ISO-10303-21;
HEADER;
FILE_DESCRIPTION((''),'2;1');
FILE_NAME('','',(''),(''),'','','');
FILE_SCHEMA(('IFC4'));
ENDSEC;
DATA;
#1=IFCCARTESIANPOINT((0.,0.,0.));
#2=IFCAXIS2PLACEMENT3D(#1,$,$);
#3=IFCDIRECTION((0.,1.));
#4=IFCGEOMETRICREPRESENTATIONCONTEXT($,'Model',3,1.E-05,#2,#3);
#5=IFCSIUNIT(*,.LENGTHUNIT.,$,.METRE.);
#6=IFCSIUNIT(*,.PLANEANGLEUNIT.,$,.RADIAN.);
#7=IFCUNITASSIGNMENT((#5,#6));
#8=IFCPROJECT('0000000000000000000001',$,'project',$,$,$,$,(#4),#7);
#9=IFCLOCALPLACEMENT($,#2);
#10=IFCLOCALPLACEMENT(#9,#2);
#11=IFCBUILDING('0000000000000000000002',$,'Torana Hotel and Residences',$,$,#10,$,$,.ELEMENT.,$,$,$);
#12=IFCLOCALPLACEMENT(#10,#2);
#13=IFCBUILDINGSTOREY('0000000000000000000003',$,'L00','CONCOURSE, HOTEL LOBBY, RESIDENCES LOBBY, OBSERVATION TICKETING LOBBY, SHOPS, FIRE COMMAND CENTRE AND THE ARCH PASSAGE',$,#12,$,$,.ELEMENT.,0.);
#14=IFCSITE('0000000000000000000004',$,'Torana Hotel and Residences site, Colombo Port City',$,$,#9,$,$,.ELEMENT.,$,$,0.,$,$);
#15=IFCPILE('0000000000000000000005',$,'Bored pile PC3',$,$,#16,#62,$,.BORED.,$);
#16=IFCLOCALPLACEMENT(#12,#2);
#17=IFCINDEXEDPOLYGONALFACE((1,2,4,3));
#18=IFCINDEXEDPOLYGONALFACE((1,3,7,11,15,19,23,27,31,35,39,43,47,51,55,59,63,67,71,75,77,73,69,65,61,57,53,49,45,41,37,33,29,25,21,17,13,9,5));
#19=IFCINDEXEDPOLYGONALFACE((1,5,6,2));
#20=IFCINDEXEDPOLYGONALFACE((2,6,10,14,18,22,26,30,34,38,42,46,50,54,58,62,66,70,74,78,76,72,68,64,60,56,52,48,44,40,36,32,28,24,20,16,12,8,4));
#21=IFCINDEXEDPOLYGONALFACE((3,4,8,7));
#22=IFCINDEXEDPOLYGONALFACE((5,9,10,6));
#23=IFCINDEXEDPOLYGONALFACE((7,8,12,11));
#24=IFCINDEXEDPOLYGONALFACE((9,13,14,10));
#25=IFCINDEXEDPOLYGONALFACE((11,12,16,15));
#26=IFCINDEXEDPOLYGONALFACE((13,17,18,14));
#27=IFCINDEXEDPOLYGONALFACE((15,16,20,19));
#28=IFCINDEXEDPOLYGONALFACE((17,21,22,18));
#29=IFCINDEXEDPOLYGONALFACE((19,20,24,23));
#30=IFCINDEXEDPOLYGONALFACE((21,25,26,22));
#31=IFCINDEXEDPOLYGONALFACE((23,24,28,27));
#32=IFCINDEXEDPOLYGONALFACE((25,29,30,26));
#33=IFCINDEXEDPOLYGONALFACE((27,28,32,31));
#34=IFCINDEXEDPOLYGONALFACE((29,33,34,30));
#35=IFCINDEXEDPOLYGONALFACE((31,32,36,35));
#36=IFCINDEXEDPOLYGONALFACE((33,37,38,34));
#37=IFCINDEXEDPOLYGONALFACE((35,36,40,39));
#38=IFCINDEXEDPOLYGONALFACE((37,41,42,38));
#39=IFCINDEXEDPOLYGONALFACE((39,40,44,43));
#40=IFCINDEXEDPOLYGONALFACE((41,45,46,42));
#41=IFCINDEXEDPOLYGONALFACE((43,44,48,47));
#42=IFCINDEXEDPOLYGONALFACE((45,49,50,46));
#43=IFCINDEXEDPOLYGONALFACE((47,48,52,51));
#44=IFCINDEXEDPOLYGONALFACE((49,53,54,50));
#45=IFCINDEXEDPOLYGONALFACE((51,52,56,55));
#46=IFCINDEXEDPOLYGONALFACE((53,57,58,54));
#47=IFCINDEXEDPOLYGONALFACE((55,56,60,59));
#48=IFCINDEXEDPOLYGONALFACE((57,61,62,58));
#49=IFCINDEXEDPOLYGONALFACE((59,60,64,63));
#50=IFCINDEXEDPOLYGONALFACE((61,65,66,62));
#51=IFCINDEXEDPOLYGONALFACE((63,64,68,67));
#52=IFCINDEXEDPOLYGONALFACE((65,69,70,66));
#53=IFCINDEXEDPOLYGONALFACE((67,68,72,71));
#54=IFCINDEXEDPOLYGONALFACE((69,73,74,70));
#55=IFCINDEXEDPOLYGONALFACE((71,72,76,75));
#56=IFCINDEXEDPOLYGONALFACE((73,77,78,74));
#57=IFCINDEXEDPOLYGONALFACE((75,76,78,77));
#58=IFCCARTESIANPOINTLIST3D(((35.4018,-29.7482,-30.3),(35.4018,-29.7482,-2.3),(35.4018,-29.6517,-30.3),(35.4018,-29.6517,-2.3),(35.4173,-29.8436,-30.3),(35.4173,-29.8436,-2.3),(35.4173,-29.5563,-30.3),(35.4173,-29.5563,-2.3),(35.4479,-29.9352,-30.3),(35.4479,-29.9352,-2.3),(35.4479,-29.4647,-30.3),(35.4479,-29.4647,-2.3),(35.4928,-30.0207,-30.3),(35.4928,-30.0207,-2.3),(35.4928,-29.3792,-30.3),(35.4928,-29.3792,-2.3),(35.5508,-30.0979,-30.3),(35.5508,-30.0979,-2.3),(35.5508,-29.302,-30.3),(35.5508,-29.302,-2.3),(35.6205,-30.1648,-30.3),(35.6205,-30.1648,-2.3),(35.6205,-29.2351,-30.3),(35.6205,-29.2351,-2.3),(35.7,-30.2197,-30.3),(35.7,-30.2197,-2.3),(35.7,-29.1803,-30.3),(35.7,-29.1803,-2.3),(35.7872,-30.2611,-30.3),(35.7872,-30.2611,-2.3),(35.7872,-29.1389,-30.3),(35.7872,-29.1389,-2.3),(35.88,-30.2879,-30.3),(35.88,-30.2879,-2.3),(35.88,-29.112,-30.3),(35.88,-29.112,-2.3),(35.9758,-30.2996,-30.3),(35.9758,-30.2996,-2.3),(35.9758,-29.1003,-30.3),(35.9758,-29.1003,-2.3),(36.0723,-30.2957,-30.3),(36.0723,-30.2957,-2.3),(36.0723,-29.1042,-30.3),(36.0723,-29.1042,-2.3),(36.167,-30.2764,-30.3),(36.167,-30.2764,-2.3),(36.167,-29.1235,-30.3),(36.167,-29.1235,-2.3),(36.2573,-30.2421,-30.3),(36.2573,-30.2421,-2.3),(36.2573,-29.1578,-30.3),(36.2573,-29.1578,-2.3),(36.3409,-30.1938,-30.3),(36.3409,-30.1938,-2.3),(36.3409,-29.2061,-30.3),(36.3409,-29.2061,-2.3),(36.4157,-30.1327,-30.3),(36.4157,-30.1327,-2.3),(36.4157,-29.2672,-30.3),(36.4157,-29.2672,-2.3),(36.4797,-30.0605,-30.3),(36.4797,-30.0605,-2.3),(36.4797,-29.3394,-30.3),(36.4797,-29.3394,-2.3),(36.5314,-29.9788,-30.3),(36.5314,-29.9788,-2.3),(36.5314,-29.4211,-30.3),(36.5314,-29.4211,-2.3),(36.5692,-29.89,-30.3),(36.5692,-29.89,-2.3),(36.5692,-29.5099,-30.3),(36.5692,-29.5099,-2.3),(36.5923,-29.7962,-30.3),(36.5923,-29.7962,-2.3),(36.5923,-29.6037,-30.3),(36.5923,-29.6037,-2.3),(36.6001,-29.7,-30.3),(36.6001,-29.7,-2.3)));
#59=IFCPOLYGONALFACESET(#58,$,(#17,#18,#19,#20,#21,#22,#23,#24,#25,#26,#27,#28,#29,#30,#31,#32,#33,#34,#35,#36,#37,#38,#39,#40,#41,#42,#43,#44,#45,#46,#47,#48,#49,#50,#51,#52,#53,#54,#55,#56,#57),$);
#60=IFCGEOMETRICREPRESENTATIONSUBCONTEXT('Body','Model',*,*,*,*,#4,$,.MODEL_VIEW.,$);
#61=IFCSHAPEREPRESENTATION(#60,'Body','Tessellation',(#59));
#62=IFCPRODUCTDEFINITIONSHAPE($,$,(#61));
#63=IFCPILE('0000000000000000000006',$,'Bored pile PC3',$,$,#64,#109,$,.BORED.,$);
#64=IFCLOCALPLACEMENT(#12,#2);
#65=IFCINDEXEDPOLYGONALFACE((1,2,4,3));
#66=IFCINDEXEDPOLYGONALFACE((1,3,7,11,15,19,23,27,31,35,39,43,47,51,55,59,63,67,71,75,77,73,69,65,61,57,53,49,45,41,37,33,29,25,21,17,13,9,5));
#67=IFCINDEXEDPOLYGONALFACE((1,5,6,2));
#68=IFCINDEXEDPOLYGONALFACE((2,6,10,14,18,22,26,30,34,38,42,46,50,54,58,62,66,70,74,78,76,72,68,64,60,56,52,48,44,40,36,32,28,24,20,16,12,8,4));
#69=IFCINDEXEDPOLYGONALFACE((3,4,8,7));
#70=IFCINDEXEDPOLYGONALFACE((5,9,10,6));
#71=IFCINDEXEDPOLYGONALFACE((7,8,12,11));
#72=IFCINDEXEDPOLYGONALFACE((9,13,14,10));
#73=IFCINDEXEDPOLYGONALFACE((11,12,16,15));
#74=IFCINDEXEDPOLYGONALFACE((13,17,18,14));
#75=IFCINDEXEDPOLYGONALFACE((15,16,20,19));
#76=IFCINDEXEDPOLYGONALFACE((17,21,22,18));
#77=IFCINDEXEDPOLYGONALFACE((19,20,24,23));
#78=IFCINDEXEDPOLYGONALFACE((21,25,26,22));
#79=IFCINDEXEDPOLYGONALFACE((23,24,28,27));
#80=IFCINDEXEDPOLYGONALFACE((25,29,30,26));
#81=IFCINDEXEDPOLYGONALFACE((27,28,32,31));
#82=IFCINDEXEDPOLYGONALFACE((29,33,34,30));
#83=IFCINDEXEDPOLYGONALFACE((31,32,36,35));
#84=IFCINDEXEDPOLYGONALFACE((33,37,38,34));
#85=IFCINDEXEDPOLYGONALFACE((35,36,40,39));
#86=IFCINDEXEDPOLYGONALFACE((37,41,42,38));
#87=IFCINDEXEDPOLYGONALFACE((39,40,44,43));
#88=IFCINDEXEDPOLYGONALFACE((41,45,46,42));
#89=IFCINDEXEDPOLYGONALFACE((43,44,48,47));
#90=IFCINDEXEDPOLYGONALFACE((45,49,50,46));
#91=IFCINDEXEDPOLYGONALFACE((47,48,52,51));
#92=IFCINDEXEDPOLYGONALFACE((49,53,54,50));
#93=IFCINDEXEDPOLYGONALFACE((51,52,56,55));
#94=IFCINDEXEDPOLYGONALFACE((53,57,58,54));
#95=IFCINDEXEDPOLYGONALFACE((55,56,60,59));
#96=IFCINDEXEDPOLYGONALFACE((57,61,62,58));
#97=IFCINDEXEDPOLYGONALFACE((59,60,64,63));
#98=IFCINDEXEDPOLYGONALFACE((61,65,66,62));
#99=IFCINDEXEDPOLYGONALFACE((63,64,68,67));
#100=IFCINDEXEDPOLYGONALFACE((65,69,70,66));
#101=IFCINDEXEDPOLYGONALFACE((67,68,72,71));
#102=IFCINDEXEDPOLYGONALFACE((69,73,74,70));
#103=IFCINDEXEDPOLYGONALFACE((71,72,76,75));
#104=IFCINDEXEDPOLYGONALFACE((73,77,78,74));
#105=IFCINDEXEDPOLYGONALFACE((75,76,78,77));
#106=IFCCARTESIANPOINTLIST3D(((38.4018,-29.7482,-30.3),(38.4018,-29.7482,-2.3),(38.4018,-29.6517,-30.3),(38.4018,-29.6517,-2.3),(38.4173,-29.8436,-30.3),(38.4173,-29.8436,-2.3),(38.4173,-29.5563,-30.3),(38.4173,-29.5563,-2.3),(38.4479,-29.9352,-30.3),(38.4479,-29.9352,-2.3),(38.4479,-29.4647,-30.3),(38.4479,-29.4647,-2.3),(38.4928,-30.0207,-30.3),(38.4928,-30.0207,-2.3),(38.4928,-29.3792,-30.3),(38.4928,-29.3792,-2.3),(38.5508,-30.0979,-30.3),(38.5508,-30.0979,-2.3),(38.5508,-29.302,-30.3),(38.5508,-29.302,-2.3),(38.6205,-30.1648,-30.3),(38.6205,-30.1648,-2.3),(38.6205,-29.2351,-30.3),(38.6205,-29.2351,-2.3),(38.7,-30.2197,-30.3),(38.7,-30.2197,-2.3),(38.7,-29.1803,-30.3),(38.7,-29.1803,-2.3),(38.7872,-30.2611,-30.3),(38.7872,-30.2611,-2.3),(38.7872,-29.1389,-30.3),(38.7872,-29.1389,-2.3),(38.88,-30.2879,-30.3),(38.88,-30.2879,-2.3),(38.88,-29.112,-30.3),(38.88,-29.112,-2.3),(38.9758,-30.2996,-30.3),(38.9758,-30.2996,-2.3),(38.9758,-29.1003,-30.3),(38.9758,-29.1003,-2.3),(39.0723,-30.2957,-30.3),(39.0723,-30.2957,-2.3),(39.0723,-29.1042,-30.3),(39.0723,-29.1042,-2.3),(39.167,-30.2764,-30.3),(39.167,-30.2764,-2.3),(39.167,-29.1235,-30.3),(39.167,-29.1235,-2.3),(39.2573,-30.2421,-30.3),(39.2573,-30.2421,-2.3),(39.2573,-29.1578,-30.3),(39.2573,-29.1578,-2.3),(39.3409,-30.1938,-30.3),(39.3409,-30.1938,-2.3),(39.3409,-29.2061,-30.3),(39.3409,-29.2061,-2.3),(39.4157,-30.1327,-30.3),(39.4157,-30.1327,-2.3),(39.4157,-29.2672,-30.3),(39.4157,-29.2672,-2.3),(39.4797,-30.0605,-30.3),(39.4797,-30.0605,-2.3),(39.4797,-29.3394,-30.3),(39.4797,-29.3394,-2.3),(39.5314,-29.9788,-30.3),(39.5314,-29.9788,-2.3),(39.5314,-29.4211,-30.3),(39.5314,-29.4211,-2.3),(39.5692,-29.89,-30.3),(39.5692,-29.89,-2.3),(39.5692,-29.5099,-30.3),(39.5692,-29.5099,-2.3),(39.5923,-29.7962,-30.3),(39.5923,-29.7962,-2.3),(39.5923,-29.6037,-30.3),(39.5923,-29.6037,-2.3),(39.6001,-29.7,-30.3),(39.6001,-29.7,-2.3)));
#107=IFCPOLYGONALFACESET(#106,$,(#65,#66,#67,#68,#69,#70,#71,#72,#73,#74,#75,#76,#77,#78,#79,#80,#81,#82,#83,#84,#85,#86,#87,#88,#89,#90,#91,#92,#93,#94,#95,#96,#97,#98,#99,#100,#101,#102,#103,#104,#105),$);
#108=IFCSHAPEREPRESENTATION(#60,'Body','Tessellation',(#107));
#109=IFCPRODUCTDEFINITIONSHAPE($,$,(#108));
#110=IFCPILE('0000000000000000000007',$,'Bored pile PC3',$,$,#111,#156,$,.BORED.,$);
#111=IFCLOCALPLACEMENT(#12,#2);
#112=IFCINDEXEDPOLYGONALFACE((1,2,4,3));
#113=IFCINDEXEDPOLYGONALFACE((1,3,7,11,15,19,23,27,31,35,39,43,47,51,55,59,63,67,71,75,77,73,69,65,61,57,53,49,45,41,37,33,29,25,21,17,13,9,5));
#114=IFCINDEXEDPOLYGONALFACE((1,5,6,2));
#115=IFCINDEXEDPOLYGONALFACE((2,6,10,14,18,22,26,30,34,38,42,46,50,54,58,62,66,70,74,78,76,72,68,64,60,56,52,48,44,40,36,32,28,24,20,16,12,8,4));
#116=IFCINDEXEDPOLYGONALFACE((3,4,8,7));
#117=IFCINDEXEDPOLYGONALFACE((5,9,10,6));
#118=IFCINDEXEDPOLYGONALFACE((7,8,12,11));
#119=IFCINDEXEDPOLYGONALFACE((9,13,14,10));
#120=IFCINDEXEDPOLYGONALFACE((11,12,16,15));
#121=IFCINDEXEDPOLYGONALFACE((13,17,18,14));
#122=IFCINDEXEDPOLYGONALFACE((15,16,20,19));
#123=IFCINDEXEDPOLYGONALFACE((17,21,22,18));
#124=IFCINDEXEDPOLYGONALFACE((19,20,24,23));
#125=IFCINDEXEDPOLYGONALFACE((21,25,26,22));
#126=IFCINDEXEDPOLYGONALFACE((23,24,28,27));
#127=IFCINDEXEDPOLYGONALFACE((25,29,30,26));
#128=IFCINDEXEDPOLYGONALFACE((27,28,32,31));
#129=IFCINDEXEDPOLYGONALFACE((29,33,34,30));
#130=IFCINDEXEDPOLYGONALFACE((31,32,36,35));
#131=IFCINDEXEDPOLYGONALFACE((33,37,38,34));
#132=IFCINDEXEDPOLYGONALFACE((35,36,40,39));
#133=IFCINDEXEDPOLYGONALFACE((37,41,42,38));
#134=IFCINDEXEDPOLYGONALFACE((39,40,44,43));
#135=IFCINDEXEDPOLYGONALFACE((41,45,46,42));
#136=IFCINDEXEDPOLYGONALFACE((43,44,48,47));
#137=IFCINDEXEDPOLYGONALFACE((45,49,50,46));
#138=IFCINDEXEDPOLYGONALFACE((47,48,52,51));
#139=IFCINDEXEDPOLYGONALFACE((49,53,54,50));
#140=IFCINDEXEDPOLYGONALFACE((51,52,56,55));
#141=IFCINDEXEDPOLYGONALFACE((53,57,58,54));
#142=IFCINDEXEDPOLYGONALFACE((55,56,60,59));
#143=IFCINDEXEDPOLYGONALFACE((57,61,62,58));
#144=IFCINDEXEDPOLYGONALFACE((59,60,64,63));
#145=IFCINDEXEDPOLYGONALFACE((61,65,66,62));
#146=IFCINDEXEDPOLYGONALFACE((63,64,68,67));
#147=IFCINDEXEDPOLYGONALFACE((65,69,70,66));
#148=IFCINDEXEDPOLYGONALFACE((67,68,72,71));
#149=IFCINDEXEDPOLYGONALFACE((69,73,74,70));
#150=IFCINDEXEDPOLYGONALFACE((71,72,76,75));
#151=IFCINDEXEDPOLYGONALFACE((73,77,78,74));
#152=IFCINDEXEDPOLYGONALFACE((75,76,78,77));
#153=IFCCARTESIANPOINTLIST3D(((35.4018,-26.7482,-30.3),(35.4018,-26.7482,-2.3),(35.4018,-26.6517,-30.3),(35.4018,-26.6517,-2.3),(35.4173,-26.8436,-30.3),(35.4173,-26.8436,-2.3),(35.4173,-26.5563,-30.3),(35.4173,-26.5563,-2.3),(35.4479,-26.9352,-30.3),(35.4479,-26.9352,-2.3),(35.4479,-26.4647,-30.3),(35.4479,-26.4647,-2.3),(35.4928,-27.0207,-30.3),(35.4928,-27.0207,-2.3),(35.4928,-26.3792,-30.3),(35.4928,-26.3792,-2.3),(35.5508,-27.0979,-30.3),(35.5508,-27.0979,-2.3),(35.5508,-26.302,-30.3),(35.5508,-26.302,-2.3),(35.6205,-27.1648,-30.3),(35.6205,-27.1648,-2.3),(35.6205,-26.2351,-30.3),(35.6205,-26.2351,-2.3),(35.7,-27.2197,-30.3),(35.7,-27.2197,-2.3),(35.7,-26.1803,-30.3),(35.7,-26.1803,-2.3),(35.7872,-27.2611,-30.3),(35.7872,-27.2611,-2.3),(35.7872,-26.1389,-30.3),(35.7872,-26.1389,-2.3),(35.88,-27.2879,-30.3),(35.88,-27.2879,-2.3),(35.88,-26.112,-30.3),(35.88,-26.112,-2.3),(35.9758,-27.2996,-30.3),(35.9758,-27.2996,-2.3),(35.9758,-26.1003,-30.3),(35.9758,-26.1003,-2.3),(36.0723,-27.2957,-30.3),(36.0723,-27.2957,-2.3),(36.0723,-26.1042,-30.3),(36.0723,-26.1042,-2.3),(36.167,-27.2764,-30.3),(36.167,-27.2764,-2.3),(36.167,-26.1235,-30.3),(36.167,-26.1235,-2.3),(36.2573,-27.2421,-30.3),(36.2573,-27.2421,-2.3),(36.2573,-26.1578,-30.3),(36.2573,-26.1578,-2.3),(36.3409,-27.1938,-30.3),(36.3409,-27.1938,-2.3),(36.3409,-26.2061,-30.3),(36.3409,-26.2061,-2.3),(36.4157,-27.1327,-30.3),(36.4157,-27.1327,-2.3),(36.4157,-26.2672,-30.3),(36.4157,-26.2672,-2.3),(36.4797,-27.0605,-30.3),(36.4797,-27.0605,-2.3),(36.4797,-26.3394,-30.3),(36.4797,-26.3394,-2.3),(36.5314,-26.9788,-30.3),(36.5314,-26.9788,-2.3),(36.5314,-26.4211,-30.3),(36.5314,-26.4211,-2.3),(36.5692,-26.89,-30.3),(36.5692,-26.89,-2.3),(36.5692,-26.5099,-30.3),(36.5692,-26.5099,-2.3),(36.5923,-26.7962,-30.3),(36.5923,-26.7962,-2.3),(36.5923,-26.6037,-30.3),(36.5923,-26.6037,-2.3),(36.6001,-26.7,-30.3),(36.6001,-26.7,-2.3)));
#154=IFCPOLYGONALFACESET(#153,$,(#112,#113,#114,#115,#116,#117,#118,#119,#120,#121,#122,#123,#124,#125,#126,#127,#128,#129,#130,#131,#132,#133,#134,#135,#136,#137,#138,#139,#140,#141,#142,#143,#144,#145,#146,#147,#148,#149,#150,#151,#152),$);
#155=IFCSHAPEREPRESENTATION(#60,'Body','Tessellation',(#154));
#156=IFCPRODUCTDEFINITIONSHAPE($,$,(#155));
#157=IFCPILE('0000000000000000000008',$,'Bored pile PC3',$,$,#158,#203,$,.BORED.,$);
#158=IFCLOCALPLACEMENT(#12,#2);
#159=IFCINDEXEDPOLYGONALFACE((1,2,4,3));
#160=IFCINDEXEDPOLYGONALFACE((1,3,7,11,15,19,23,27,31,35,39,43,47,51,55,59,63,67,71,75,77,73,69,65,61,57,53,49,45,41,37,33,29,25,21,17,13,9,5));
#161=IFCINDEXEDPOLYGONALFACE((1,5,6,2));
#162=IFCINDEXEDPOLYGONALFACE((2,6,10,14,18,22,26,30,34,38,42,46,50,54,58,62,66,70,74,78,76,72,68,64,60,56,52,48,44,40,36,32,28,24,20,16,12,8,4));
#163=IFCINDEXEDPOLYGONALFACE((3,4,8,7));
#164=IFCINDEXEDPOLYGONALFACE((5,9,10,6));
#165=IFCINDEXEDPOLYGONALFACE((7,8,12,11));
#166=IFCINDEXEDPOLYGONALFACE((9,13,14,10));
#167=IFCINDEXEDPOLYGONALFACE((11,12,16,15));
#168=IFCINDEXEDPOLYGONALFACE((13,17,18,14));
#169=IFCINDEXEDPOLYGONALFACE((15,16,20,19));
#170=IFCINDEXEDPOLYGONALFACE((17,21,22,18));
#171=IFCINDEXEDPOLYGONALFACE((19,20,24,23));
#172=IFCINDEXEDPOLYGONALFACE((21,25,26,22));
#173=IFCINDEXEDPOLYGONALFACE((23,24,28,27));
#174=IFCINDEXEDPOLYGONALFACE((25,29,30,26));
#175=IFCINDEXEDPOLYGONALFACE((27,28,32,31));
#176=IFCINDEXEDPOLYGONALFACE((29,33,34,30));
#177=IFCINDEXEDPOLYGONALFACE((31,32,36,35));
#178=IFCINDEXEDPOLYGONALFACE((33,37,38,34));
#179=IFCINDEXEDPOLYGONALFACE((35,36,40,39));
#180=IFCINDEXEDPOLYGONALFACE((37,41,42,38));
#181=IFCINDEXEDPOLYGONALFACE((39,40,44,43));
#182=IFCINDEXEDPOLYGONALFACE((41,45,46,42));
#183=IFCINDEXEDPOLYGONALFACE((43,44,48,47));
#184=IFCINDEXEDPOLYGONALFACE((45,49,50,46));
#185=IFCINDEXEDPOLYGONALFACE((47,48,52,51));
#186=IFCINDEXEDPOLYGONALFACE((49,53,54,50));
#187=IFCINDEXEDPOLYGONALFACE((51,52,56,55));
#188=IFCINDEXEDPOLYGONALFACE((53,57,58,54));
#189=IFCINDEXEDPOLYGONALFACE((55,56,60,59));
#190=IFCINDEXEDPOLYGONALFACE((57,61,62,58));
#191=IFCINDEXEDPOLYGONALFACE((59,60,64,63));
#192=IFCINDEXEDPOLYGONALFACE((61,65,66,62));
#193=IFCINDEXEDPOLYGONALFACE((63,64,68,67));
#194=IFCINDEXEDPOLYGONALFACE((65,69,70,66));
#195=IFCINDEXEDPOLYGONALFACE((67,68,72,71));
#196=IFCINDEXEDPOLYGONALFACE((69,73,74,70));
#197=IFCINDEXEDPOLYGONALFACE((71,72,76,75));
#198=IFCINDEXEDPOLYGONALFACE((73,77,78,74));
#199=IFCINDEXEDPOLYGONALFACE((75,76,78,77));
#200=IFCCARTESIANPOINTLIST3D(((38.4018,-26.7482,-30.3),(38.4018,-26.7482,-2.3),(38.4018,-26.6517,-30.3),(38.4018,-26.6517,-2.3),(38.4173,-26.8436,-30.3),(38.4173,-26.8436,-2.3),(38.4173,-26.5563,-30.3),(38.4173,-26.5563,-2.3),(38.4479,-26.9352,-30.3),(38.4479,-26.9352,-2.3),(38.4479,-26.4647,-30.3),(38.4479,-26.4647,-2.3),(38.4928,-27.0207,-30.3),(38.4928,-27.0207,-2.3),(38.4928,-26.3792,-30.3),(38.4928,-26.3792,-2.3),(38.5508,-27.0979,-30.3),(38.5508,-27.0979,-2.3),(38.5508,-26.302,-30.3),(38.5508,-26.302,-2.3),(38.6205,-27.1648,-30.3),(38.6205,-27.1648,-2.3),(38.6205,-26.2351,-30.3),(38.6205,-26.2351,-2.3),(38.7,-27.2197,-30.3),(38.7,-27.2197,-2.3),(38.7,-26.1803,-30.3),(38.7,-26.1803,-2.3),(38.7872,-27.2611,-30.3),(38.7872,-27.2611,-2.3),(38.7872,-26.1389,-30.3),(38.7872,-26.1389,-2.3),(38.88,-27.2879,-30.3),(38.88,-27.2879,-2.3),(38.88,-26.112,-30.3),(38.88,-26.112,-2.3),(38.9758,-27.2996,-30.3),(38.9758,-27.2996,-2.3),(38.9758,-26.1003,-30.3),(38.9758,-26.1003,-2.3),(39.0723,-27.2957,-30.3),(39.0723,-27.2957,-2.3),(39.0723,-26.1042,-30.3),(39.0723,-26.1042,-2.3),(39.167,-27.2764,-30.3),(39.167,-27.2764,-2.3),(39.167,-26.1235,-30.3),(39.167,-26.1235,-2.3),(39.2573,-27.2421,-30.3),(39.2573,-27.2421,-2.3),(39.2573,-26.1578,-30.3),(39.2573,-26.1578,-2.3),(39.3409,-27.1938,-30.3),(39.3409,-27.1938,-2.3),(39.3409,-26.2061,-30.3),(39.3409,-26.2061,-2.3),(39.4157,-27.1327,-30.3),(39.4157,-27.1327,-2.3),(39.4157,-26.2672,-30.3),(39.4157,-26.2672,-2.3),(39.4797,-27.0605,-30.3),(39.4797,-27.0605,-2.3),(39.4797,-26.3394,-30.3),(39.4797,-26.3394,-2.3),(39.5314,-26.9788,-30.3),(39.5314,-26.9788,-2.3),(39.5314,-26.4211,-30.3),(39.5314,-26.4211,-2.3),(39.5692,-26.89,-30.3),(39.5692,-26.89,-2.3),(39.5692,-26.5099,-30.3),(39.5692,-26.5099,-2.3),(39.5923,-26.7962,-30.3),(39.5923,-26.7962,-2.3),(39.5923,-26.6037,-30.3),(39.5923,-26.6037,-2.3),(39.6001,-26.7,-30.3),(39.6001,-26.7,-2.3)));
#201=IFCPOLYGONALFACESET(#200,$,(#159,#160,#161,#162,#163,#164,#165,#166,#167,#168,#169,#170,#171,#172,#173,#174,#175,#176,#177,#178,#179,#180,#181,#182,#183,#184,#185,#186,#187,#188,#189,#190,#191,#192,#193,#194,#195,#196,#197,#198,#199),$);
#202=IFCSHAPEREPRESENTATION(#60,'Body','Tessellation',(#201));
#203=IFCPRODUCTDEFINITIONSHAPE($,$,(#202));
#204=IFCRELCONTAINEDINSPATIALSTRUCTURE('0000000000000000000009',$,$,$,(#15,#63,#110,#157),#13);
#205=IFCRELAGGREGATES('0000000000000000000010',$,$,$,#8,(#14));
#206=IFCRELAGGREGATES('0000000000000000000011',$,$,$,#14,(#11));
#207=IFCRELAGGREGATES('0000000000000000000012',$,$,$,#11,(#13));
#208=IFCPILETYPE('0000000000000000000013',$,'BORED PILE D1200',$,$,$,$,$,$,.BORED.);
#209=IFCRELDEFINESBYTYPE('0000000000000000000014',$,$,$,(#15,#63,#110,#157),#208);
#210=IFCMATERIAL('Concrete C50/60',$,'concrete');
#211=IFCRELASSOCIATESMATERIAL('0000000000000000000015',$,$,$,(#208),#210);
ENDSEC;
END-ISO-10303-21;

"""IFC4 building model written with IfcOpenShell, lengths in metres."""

from ifc_helpers import new_model, si_unit, direction, frame, origin, origin_2d, place, context, subcontext, project, spatial, circle, extrude, material, type_object, element, save


model = new_model("IFC4")

# Units and contexts
model_context = context("Model", 3, precision=1e-05, world=origin(), true_north=direction((0.0, 1.0)))
body_context = subcontext(model_context, "Body", "Model", "MODEL_VIEW")
ifc_project = project(units=[si_unit("LENGTHUNIT", "METRE"), si_unit("PLANEANGLEUNIT", "RADIAN")], contexts=[model_context])

# Site, building, storey
site_placement = place(None, origin())
site = spatial("IfcSite", under=ifc_project, at=site_placement, Name="Torana Hotel and Residences site, Colombo Port City", CompositionType="ELEMENT", RefElevation=0.0)
building_placement = place(site_placement, origin())
building = spatial("IfcBuilding", under=site, at=building_placement, Name="Torana Hotel and Residences", CompositionType="ELEMENT")
storey_placement = place(building_placement, origin())
storey = spatial("IfcBuildingStorey", under=building, at=storey_placement, Name="L00", Description="CONCOURSE, HOTEL LOBBY, RESIDENCES LOBBY, OBSERVATION TICKETING LOBBY, SHOPS, FIRE COMMAND CENTRE AND THE ARCH PASSAGE", CompositionType="ELEMENT", Elevation=0.0)

# Piles
ifc_material_1 = material(Name="Concrete C50/60", Category="concrete")
pile_type = type_object("IfcPileType", Name="BORED PILE D1200", PredefinedType="BORED", material=ifc_material_1)
for number, where, z_axis, x_axis, name in (
    (1, (36.0, -29.7, -2.3), (0.0, 0.0, -1.0), (1.0, 0.0, 0.0), "Bored pile PC3"),
    (2, (39.0, -29.7, -2.3), (0.0, 0.0, -1.0), (1.0, 0.0, 0.0), "Bored pile PC3"),
    (3, (36.0, -26.7, -2.3), (0.0, 0.0, -1.0), (1.0, 0.0, 0.0), "Bored pile PC3"),
    (4, (39.0, -26.7, -2.3), (0.0, 0.0, -1.0), (1.0, 0.0, 0.0), "Bored pile PC3"),
):
    element("IfcPile", number, at=place(storey_placement, frame(where, z_axis=z_axis, x_axis=x_axis)), inside=storey, type_object=pile_type, Name=name, PredefinedType="BORED", context=body_context, shape_type="SweptSolid", body=[
        extrude(circle(Radius=0.6001, at=origin_2d()), origin(), (0.0, 0.0, 1.0), 28.0),
    ])

save(model, "model.ifc")
